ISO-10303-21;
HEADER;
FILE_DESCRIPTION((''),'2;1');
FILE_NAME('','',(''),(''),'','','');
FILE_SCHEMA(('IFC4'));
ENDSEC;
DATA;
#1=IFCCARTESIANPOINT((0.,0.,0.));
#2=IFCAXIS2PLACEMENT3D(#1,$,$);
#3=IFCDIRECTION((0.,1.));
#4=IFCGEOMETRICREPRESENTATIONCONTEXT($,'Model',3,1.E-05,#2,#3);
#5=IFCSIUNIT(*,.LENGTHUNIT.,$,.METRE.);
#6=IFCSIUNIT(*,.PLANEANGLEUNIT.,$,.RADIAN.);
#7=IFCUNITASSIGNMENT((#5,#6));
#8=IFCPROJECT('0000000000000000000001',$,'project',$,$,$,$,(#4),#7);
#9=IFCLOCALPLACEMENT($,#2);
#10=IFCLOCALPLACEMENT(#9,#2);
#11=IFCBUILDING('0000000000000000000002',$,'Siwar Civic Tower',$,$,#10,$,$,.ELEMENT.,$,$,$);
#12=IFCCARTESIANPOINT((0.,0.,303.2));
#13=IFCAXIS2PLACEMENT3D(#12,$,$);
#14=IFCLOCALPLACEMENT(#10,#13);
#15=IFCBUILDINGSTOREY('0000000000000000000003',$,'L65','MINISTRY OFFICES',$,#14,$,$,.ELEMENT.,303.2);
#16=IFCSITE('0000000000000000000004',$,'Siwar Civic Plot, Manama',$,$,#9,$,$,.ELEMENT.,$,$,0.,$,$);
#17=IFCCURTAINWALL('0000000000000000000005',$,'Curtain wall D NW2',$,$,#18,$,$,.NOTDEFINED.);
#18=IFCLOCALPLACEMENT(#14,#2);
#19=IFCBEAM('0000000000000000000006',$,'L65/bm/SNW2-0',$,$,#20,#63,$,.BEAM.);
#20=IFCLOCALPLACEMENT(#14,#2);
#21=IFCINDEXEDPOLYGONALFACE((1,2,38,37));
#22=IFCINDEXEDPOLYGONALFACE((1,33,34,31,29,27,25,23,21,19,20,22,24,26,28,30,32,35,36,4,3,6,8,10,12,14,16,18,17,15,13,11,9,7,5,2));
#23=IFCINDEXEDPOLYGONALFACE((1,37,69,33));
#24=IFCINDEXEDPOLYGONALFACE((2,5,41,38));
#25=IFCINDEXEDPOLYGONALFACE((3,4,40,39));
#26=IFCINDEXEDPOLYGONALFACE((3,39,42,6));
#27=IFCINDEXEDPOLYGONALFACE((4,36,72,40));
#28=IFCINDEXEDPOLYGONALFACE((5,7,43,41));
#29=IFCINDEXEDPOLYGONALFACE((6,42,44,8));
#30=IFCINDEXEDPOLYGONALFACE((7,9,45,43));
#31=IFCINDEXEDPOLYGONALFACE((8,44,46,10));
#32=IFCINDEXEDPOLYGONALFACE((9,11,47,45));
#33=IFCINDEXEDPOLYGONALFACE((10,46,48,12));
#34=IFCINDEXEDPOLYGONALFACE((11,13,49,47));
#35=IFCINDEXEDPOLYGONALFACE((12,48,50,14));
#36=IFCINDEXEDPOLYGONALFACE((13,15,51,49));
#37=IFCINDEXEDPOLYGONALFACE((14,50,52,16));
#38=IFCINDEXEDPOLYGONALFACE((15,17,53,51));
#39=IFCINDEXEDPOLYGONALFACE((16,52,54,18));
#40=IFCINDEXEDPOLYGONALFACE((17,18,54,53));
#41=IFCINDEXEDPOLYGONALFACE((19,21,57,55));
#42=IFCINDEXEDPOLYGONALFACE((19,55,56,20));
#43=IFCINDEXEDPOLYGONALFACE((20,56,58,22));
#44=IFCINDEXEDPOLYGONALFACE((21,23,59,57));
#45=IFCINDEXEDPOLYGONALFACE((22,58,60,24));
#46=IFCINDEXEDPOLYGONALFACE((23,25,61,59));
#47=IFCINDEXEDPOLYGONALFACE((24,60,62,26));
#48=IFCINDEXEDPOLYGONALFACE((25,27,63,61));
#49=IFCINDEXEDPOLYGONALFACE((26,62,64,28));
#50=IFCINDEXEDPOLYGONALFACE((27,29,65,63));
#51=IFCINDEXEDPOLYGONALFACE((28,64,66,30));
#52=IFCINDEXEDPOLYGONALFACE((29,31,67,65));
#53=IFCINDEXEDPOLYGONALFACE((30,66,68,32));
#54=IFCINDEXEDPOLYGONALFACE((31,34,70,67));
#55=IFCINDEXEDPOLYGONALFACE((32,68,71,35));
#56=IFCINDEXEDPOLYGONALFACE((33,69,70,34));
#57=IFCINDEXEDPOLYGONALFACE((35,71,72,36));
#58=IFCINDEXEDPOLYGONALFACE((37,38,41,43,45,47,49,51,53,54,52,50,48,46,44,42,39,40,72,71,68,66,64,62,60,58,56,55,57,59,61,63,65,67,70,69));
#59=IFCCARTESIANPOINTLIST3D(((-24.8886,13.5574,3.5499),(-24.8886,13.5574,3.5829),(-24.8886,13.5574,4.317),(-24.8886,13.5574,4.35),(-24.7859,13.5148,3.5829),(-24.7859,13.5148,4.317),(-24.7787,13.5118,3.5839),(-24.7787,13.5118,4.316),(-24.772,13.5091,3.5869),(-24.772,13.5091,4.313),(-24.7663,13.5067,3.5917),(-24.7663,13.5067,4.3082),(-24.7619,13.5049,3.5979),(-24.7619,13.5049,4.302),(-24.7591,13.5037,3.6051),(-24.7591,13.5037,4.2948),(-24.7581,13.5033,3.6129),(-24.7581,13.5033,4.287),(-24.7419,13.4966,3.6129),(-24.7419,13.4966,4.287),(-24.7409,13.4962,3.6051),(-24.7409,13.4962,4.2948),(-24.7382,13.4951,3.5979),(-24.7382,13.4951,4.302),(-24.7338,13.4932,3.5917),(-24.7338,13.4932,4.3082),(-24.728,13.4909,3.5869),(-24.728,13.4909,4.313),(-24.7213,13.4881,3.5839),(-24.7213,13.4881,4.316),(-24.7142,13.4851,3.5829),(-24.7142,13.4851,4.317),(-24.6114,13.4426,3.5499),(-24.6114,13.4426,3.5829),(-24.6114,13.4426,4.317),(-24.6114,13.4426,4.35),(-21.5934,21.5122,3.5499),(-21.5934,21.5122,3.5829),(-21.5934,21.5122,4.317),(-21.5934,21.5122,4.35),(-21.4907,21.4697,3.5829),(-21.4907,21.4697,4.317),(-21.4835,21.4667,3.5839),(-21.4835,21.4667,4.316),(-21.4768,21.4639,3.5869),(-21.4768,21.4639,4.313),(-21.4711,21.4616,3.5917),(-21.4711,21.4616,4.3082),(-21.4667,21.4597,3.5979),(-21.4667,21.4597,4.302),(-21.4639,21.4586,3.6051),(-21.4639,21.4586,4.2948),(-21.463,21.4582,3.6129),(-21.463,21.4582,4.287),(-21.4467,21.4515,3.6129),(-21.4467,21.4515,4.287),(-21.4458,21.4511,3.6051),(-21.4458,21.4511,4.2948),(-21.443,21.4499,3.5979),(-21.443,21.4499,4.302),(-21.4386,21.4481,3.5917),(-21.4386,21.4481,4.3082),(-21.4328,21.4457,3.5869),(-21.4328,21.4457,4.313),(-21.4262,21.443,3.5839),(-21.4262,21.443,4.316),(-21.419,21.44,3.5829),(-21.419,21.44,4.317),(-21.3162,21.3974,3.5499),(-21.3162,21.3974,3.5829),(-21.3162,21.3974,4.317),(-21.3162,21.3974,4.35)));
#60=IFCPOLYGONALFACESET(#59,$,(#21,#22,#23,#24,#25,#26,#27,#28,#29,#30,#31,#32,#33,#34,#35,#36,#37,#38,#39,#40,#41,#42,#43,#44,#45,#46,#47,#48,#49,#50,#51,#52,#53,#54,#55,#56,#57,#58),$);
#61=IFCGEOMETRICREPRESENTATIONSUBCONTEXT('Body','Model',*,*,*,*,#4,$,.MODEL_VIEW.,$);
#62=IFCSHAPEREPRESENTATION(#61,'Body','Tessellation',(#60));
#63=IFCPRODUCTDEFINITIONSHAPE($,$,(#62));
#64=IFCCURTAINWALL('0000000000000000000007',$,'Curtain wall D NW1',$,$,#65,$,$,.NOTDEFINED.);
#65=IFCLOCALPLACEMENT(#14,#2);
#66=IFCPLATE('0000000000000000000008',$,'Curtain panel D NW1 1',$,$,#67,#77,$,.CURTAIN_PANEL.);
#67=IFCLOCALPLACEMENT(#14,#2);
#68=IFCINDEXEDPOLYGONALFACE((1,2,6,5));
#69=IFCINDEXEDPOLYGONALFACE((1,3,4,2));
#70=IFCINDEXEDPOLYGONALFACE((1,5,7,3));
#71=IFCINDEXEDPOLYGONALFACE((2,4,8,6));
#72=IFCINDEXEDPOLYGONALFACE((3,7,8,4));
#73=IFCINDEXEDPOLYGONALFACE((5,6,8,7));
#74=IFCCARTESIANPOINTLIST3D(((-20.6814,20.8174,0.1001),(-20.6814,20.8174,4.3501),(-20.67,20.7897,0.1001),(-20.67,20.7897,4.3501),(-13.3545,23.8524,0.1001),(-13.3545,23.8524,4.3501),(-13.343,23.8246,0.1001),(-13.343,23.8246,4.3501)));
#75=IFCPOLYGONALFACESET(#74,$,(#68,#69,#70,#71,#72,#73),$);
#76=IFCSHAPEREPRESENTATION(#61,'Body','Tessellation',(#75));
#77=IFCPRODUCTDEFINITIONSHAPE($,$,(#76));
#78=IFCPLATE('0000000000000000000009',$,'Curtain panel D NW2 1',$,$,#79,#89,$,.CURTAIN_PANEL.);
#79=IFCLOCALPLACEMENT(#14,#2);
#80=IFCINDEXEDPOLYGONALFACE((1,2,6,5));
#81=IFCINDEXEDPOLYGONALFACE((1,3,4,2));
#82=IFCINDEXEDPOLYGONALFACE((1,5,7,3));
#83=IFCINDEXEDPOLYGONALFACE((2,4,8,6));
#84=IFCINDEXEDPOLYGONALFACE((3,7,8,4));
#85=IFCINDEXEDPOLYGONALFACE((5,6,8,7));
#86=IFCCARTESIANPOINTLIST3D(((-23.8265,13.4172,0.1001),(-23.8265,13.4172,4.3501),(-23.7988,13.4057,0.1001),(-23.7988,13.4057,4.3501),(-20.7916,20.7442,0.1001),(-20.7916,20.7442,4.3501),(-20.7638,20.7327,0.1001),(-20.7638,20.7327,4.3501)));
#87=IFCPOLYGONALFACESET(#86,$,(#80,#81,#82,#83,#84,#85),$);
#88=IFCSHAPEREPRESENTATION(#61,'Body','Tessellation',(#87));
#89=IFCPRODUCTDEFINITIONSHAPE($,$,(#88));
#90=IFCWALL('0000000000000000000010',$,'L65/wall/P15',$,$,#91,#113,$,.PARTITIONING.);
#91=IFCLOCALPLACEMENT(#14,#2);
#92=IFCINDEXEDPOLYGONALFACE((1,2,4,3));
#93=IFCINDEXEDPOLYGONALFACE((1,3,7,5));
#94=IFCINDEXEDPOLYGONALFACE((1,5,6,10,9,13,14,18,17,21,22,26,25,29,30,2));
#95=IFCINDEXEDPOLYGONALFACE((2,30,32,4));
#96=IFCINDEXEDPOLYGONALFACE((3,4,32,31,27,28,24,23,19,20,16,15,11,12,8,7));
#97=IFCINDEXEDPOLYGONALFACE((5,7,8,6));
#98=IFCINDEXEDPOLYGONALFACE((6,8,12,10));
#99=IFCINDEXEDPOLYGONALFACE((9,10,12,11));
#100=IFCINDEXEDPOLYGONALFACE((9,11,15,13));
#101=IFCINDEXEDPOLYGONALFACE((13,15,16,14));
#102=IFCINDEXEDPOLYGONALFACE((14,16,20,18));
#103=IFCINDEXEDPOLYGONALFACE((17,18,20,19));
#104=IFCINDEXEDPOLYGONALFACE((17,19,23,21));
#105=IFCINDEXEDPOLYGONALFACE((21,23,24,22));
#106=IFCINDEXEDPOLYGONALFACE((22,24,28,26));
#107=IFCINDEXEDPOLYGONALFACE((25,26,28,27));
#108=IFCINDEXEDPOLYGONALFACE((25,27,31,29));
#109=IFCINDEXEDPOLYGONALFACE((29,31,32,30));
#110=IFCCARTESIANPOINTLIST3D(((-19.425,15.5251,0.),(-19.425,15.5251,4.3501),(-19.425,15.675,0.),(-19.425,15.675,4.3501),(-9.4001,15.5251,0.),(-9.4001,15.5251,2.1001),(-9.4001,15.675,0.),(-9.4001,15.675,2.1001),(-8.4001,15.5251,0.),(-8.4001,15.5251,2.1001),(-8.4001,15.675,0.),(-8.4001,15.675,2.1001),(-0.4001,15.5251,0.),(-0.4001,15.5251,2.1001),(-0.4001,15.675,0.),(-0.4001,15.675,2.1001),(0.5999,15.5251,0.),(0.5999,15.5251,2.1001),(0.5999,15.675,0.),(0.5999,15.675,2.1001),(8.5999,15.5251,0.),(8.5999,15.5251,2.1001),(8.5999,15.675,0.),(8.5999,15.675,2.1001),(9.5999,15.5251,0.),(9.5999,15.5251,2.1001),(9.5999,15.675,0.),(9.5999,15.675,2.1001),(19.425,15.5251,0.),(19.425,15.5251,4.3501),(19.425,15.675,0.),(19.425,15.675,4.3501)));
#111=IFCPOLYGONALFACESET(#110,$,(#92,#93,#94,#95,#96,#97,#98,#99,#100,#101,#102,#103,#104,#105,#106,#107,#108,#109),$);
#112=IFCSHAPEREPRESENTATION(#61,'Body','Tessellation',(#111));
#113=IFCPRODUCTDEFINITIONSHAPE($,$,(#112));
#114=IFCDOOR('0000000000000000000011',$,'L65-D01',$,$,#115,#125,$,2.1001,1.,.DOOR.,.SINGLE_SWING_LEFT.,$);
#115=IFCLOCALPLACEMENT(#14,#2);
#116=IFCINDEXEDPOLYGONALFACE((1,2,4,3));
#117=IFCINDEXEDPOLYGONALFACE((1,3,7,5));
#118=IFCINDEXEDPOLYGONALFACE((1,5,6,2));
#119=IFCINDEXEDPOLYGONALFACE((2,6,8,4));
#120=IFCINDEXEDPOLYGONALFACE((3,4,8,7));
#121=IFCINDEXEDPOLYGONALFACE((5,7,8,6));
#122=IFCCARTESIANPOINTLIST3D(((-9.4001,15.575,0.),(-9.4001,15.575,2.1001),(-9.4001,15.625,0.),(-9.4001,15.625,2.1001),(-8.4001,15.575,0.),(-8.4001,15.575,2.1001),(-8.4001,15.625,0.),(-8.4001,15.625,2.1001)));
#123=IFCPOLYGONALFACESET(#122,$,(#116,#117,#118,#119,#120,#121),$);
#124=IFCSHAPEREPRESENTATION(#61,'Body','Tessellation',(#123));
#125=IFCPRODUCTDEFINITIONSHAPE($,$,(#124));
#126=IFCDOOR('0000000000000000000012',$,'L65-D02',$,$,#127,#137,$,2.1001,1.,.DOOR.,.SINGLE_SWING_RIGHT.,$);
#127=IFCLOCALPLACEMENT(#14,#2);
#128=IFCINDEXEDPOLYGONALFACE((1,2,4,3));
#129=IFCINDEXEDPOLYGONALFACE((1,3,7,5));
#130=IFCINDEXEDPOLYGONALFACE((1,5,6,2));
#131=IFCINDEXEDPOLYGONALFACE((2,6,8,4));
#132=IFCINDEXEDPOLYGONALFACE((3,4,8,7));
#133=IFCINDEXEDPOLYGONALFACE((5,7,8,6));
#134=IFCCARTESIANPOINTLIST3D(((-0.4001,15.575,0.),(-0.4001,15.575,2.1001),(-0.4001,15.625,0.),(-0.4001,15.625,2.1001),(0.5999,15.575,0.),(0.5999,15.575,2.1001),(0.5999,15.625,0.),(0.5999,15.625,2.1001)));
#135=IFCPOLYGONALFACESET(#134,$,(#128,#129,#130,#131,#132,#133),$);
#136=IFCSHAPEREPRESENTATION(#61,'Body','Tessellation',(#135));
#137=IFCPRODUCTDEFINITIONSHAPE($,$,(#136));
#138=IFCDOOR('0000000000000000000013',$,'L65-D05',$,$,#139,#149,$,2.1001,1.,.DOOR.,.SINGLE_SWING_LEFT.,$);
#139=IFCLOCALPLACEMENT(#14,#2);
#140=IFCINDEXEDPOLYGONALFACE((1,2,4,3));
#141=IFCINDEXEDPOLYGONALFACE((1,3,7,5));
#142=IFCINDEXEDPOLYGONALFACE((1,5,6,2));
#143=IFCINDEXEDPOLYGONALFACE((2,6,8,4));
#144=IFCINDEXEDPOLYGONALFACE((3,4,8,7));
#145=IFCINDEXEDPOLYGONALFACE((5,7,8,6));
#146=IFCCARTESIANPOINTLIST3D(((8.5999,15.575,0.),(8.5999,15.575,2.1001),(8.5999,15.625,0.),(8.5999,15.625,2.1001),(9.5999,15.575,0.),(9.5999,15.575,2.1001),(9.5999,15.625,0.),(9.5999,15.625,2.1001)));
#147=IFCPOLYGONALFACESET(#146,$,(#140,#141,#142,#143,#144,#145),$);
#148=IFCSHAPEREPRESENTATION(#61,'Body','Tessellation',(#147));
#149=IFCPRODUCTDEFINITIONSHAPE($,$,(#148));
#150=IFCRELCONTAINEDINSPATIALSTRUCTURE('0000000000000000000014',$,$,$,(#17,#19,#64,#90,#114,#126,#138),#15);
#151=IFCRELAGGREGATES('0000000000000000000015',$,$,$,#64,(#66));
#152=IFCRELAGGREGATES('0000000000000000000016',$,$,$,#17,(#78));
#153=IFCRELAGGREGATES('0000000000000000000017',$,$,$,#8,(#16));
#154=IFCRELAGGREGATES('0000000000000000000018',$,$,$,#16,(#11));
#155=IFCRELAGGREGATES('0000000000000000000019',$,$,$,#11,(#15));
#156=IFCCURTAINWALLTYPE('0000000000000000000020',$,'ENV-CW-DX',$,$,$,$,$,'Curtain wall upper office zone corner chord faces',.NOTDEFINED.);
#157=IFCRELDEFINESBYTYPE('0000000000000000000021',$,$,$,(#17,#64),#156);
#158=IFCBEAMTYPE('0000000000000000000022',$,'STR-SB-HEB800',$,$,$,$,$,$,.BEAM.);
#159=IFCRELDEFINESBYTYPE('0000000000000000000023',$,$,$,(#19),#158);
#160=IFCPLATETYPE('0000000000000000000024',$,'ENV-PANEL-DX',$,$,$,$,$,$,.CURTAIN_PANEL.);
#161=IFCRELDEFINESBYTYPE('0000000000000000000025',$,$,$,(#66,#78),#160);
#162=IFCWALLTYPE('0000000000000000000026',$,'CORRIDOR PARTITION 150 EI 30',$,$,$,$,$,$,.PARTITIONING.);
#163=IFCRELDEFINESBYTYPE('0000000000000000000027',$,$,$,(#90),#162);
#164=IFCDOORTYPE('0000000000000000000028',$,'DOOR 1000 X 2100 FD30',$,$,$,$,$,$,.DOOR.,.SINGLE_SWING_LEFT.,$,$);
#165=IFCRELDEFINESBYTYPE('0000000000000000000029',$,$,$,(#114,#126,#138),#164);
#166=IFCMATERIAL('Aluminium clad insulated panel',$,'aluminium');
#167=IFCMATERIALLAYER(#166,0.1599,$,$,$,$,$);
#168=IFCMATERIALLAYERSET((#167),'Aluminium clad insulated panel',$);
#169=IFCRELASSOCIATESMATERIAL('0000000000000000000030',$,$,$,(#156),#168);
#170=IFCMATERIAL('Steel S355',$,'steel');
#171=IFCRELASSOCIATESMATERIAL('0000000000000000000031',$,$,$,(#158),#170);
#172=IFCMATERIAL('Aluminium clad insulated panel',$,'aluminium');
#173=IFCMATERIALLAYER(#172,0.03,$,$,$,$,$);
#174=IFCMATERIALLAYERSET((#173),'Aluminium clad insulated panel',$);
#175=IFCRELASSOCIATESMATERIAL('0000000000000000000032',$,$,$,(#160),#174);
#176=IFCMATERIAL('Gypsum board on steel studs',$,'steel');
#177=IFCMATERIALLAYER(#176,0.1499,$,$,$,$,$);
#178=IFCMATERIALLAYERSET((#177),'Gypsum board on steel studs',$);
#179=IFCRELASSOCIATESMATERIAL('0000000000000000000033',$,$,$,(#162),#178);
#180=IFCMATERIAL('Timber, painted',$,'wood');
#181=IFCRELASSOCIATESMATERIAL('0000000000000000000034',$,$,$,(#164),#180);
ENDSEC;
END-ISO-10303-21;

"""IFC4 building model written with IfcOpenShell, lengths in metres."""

from ifc_helpers import new_model, si_unit, direction, frame, frame_2d, origin, origin_2d, place, context, subcontext, project, spatial, rectangle, i_section, extrude, material, layer, layer_set, material_profile, profile_set, type_object, element, fill, aggregate, save


model = new_model("IFC4")

# Units and contexts
model_context = context("Model", 3, precision=1e-05, world=origin(), true_north=direction((0.0, 1.0)))
body_context = subcontext(model_context, "Body", "Model", "MODEL_VIEW")
ifc_project = project(units=[si_unit("LENGTHUNIT", "METRE"), si_unit("PLANEANGLEUNIT", "RADIAN")], contexts=[model_context])

# Site, building, storey
site_placement = place(None, origin())
site = spatial("IfcSite", under=ifc_project, at=site_placement, Name="Siwar Civic Plot, Manama", CompositionType="ELEMENT", RefElevation=0.0)
building_placement = place(site_placement, origin())
building = spatial("IfcBuilding", under=site, at=building_placement, Name="Siwar Civic Tower", CompositionType="ELEMENT")
storey_placement = place(building_placement, frame((0.0, 0.0, 303.2)))
storey = spatial("IfcBuildingStorey", under=building, at=storey_placement, Name="L65", Description="MINISTRY OFFICES", CompositionType="ELEMENT", Elevation=303.2)

# Curtain wall
ifc_material_1 = material(Name="Aluminium clad insulated panel", Category="aluminium")
ifc_layer_1 = layer(ifc_material_1, 0.1599)
ifc_layer_set_1 = layer_set([ifc_layer_1], Name="Aluminium clad insulated panel")
curtain_wall_type = type_object("IfcCurtainWallType", Name="ENV-CW-DX", ElementType="Curtain wall upper office zone corner chord faces", PredefinedType="NOTDEFINED", material=ifc_layer_set_1)
curtain_wall_1_placement = place(storey_placement, origin())
curtain_wall_1 = element("IfcCurtainWall", 1, at=curtain_wall_1_placement, inside=storey, type_object=curtain_wall_type, Name="Curtain wall D NW2", PredefinedType="NOTDEFINED")

# Beam
ifc_material_2 = material(Name="Steel S355", Category="steel")
ifc_material_profile_1 = material_profile(ifc_material_2, i_section(OverallWidth=0.3, OverallDepth=0.8, WebThickness=0.0176, FlangeThickness=0.033, FilletRadius=0.03, at=origin_2d()), Name="HEB800")
ifc_profile_set_1 = profile_set([ifc_material_profile_1], Name="Steel S355")
beam_type_1 = type_object("IfcBeamType", Name="STR-SB-HEB800", PredefinedType="BEAM", material=ifc_profile_set_1)
beam_1_placement = place(storey_placement, frame((-21.4548, 21.4548, 3.95), z_axis=(-0.3827, -0.923873, 0.0), x_axis=(0.923873, -0.3827, 0.0)))
element("IfcBeam", 2, at=beam_1_placement, inside=storey, type_object=beam_type_1, Name="L65/bm/SNW2-0", PredefinedType="BEAM", context=body_context, shape_type="SweptSolid", body=[
    extrude(i_section(OverallWidth=0.3, OverallDepth=0.8, WebThickness=0.0176, FlangeThickness=0.033, FilletRadius=0.03, at=origin_2d()), origin(), (0.0, 0.0, 1.0), 8.6104),
])

# Curtain wall, plate
curtain_wall_2_placement = place(storey_placement, origin())
curtain_wall_2 = element("IfcCurtainWall", 3, at=curtain_wall_2_placement, inside=storey, type_object=curtain_wall_type, Name="Curtain wall D NW1", PredefinedType="NOTDEFINED")
ifc_material_3 = material(Name="Aluminium clad insulated panel", Category="aluminium")
ifc_layer_2 = layer(ifc_material_3, 0.03)
ifc_layer_set_2 = layer_set([ifc_layer_2], Name="Aluminium clad insulated panel")
plate_type = type_object("IfcPlateType", Name="ENV-PANEL-DX", PredefinedType="CURTAIN_PANEL", material=ifc_layer_set_2)
plate_1_placement = place(storey_placement, frame((-17.0122, 22.321, 0.1001), z_axis=(0.0, 0.0, 1.0), x_axis=(-0.92388, -0.382683, 0.0)))
plate_1 = element("IfcPlate", 4, at=plate_1_placement, type_object=plate_type, Name="Curtain panel D NW1 1", PredefinedType="CURTAIN_PANEL", context=body_context, shape_type="SweptSolid", body=[
    extrude(rectangle(XDim=7.9307, YDim=0.03, at=origin_2d()), origin(), (0.0, 0.0, 1.0), 4.25),
])
aggregate(curtain_wall_2, [plate_1])

# Plate
plate_2_placement = place(storey_placement, frame((-22.2952, 17.075, 0.1001), z_axis=(0.0, 0.0, 1.0), x_axis=(-0.382683, -0.92388, 0.0)))
plate_2 = element("IfcPlate", 5, at=plate_2_placement, type_object=plate_type, Name="Curtain panel D NW2 1", PredefinedType="CURTAIN_PANEL", context=body_context, shape_type="SweptSolid", body=[
    extrude(rectangle(XDim=7.9307, YDim=0.03, at=origin_2d()), origin(), (0.0, 0.0, 1.0), 4.25),
])
aggregate(curtain_wall_1, [plate_2])

# Wall, openings, doors
ifc_material_4 = material(Name="Gypsum board on steel studs", Category="steel")
ifc_layer_3 = layer(ifc_material_4, 0.1499)
ifc_layer_set_3 = layer_set([ifc_layer_3], Name="Gypsum board on steel studs")
wall_type_1 = type_object("IfcWallType", Name="CORRIDOR PARTITION 150 EI 30", PredefinedType="PARTITIONING", material=ifc_layer_set_3)
wall_1_placement = place(storey_placement, frame((-19.425, 15.6001, 0.0), z_axis=(0.0, 0.0, 1.0), x_axis=(1.0, 0.0, 0.0)))
wall_1 = element("IfcWall", 6, at=wall_1_placement, inside=storey, type_object=wall_type_1, Name="L65/wall/P15", PredefinedType="PARTITIONING", context=body_context, shape_type="SweptSolid", body=[
    extrude(rectangle(XDim=38.8501, YDim=0.1499, at=frame_2d((19.425, 0.0))), origin(), (0.0, 0.0, 1.0), 4.3501),
])
opening_1_placement = place(wall_1_placement, frame((10.0249, 0.0, 0.0)))
opening_1 = element("IfcOpeningElement", 7, at=opening_1_placement, cuts=wall_1, PredefinedType="OPENING", context=body_context, shape_type="SweptSolid", body=[
    extrude(rectangle(XDim=1.0, YDim=2.1001, at=frame_2d((0.5, 1.05))), frame((0.0, 0.085, 0.0), z_axis=(0.0, -1.0, 0.0), x_axis=(1.0, 0.0, 0.0)), (0.0, 0.0, 1.0), 0.1699),
])
opening_2_placement = place(wall_1_placement, frame((19.0249, 0.0, 0.0)))
opening_2 = element("IfcOpeningElement", 8, at=opening_2_placement, cuts=wall_1, PredefinedType="OPENING", context=body_context, shape_type="SweptSolid", body=[
    extrude(rectangle(XDim=1.0, YDim=2.1001, at=frame_2d((0.5, 1.05))), frame((0.0, 0.085, 0.0), z_axis=(0.0, -1.0, 0.0), x_axis=(1.0, 0.0, 0.0)), (0.0, 0.0, 1.0), 0.1699),
])
opening_3_placement = place(wall_1_placement, frame((28.0249, 0.0, 0.0)))
opening_3 = element("IfcOpeningElement", 9, at=opening_3_placement, cuts=wall_1, PredefinedType="OPENING", context=body_context, shape_type="SweptSolid", body=[
    extrude(rectangle(XDim=1.0, YDim=2.1001, at=frame_2d((0.5, 1.05))), frame((0.0, 0.085, 0.0), z_axis=(0.0, -1.0, 0.0), x_axis=(1.0, 0.0, 0.0)), (0.0, 0.0, 1.0), 0.1699),
])
ifc_material_5 = material(Name="Timber, painted", Category="wood")
door_type_1 = type_object("IfcDoorType", Name="DOOR 1000 X 2100 FD30", OperationType="SINGLE_SWING_LEFT", PredefinedType="DOOR", material=ifc_material_5)
door_1_placement = place(opening_1_placement, origin())
door_1 = element("IfcDoor", 10, at=door_1_placement, inside=storey, type_object=door_type_1, Name="L65-D01", OperationType="SINGLE_SWING_LEFT", OverallHeight=2.1001, OverallWidth=1.0, PredefinedType="DOOR", context=body_context, shape_type="SweptSolid", body=[
    extrude(rectangle(XDim=1.0, YDim=2.1001, at=frame_2d((0.5, 1.05))), frame((0.0, 0.0249, 0.0), z_axis=(0.0, -1.0, 0.0), x_axis=(1.0, 0.0, 0.0)), (0.0, 0.0, 1.0), 0.05),
])
fill(opening_1, door_1)
door_2_placement = place(opening_2_placement, origin())
door_2 = element("IfcDoor", 11, at=door_2_placement, inside=storey, type_object=door_type_1, Name="L65-D02", OperationType="SINGLE_SWING_RIGHT", OverallHeight=2.1001, OverallWidth=1.0, PredefinedType="DOOR", context=body_context, shape_type="SweptSolid", body=[
    extrude(rectangle(XDim=1.0, YDim=2.1001, at=frame_2d((0.5, 1.05))), frame((0.0, 0.0249, 0.0), z_axis=(0.0, -1.0, 0.0), x_axis=(1.0, 0.0, 0.0)), (0.0, 0.0, 1.0), 0.05),
])
fill(opening_2, door_2)
door_3_placement = place(opening_3_placement, origin())
door_3 = element("IfcDoor", 12, at=door_3_placement, inside=storey, type_object=door_type_1, Name="L65-D05", OperationType="SINGLE_SWING_LEFT", OverallHeight=2.1001, OverallWidth=1.0, PredefinedType="DOOR", context=body_context, shape_type="SweptSolid", body=[
    extrude(rectangle(XDim=1.0, YDim=2.1001, at=frame_2d((0.5, 1.05))), frame((0.0, 0.0249, 0.0), z_axis=(0.0, -1.0, 0.0), x_axis=(1.0, 0.0, 0.0)), (0.0, 0.0, 1.0), 0.05),
])
fill(opening_3, door_3)

save(model, "model.ifc")
